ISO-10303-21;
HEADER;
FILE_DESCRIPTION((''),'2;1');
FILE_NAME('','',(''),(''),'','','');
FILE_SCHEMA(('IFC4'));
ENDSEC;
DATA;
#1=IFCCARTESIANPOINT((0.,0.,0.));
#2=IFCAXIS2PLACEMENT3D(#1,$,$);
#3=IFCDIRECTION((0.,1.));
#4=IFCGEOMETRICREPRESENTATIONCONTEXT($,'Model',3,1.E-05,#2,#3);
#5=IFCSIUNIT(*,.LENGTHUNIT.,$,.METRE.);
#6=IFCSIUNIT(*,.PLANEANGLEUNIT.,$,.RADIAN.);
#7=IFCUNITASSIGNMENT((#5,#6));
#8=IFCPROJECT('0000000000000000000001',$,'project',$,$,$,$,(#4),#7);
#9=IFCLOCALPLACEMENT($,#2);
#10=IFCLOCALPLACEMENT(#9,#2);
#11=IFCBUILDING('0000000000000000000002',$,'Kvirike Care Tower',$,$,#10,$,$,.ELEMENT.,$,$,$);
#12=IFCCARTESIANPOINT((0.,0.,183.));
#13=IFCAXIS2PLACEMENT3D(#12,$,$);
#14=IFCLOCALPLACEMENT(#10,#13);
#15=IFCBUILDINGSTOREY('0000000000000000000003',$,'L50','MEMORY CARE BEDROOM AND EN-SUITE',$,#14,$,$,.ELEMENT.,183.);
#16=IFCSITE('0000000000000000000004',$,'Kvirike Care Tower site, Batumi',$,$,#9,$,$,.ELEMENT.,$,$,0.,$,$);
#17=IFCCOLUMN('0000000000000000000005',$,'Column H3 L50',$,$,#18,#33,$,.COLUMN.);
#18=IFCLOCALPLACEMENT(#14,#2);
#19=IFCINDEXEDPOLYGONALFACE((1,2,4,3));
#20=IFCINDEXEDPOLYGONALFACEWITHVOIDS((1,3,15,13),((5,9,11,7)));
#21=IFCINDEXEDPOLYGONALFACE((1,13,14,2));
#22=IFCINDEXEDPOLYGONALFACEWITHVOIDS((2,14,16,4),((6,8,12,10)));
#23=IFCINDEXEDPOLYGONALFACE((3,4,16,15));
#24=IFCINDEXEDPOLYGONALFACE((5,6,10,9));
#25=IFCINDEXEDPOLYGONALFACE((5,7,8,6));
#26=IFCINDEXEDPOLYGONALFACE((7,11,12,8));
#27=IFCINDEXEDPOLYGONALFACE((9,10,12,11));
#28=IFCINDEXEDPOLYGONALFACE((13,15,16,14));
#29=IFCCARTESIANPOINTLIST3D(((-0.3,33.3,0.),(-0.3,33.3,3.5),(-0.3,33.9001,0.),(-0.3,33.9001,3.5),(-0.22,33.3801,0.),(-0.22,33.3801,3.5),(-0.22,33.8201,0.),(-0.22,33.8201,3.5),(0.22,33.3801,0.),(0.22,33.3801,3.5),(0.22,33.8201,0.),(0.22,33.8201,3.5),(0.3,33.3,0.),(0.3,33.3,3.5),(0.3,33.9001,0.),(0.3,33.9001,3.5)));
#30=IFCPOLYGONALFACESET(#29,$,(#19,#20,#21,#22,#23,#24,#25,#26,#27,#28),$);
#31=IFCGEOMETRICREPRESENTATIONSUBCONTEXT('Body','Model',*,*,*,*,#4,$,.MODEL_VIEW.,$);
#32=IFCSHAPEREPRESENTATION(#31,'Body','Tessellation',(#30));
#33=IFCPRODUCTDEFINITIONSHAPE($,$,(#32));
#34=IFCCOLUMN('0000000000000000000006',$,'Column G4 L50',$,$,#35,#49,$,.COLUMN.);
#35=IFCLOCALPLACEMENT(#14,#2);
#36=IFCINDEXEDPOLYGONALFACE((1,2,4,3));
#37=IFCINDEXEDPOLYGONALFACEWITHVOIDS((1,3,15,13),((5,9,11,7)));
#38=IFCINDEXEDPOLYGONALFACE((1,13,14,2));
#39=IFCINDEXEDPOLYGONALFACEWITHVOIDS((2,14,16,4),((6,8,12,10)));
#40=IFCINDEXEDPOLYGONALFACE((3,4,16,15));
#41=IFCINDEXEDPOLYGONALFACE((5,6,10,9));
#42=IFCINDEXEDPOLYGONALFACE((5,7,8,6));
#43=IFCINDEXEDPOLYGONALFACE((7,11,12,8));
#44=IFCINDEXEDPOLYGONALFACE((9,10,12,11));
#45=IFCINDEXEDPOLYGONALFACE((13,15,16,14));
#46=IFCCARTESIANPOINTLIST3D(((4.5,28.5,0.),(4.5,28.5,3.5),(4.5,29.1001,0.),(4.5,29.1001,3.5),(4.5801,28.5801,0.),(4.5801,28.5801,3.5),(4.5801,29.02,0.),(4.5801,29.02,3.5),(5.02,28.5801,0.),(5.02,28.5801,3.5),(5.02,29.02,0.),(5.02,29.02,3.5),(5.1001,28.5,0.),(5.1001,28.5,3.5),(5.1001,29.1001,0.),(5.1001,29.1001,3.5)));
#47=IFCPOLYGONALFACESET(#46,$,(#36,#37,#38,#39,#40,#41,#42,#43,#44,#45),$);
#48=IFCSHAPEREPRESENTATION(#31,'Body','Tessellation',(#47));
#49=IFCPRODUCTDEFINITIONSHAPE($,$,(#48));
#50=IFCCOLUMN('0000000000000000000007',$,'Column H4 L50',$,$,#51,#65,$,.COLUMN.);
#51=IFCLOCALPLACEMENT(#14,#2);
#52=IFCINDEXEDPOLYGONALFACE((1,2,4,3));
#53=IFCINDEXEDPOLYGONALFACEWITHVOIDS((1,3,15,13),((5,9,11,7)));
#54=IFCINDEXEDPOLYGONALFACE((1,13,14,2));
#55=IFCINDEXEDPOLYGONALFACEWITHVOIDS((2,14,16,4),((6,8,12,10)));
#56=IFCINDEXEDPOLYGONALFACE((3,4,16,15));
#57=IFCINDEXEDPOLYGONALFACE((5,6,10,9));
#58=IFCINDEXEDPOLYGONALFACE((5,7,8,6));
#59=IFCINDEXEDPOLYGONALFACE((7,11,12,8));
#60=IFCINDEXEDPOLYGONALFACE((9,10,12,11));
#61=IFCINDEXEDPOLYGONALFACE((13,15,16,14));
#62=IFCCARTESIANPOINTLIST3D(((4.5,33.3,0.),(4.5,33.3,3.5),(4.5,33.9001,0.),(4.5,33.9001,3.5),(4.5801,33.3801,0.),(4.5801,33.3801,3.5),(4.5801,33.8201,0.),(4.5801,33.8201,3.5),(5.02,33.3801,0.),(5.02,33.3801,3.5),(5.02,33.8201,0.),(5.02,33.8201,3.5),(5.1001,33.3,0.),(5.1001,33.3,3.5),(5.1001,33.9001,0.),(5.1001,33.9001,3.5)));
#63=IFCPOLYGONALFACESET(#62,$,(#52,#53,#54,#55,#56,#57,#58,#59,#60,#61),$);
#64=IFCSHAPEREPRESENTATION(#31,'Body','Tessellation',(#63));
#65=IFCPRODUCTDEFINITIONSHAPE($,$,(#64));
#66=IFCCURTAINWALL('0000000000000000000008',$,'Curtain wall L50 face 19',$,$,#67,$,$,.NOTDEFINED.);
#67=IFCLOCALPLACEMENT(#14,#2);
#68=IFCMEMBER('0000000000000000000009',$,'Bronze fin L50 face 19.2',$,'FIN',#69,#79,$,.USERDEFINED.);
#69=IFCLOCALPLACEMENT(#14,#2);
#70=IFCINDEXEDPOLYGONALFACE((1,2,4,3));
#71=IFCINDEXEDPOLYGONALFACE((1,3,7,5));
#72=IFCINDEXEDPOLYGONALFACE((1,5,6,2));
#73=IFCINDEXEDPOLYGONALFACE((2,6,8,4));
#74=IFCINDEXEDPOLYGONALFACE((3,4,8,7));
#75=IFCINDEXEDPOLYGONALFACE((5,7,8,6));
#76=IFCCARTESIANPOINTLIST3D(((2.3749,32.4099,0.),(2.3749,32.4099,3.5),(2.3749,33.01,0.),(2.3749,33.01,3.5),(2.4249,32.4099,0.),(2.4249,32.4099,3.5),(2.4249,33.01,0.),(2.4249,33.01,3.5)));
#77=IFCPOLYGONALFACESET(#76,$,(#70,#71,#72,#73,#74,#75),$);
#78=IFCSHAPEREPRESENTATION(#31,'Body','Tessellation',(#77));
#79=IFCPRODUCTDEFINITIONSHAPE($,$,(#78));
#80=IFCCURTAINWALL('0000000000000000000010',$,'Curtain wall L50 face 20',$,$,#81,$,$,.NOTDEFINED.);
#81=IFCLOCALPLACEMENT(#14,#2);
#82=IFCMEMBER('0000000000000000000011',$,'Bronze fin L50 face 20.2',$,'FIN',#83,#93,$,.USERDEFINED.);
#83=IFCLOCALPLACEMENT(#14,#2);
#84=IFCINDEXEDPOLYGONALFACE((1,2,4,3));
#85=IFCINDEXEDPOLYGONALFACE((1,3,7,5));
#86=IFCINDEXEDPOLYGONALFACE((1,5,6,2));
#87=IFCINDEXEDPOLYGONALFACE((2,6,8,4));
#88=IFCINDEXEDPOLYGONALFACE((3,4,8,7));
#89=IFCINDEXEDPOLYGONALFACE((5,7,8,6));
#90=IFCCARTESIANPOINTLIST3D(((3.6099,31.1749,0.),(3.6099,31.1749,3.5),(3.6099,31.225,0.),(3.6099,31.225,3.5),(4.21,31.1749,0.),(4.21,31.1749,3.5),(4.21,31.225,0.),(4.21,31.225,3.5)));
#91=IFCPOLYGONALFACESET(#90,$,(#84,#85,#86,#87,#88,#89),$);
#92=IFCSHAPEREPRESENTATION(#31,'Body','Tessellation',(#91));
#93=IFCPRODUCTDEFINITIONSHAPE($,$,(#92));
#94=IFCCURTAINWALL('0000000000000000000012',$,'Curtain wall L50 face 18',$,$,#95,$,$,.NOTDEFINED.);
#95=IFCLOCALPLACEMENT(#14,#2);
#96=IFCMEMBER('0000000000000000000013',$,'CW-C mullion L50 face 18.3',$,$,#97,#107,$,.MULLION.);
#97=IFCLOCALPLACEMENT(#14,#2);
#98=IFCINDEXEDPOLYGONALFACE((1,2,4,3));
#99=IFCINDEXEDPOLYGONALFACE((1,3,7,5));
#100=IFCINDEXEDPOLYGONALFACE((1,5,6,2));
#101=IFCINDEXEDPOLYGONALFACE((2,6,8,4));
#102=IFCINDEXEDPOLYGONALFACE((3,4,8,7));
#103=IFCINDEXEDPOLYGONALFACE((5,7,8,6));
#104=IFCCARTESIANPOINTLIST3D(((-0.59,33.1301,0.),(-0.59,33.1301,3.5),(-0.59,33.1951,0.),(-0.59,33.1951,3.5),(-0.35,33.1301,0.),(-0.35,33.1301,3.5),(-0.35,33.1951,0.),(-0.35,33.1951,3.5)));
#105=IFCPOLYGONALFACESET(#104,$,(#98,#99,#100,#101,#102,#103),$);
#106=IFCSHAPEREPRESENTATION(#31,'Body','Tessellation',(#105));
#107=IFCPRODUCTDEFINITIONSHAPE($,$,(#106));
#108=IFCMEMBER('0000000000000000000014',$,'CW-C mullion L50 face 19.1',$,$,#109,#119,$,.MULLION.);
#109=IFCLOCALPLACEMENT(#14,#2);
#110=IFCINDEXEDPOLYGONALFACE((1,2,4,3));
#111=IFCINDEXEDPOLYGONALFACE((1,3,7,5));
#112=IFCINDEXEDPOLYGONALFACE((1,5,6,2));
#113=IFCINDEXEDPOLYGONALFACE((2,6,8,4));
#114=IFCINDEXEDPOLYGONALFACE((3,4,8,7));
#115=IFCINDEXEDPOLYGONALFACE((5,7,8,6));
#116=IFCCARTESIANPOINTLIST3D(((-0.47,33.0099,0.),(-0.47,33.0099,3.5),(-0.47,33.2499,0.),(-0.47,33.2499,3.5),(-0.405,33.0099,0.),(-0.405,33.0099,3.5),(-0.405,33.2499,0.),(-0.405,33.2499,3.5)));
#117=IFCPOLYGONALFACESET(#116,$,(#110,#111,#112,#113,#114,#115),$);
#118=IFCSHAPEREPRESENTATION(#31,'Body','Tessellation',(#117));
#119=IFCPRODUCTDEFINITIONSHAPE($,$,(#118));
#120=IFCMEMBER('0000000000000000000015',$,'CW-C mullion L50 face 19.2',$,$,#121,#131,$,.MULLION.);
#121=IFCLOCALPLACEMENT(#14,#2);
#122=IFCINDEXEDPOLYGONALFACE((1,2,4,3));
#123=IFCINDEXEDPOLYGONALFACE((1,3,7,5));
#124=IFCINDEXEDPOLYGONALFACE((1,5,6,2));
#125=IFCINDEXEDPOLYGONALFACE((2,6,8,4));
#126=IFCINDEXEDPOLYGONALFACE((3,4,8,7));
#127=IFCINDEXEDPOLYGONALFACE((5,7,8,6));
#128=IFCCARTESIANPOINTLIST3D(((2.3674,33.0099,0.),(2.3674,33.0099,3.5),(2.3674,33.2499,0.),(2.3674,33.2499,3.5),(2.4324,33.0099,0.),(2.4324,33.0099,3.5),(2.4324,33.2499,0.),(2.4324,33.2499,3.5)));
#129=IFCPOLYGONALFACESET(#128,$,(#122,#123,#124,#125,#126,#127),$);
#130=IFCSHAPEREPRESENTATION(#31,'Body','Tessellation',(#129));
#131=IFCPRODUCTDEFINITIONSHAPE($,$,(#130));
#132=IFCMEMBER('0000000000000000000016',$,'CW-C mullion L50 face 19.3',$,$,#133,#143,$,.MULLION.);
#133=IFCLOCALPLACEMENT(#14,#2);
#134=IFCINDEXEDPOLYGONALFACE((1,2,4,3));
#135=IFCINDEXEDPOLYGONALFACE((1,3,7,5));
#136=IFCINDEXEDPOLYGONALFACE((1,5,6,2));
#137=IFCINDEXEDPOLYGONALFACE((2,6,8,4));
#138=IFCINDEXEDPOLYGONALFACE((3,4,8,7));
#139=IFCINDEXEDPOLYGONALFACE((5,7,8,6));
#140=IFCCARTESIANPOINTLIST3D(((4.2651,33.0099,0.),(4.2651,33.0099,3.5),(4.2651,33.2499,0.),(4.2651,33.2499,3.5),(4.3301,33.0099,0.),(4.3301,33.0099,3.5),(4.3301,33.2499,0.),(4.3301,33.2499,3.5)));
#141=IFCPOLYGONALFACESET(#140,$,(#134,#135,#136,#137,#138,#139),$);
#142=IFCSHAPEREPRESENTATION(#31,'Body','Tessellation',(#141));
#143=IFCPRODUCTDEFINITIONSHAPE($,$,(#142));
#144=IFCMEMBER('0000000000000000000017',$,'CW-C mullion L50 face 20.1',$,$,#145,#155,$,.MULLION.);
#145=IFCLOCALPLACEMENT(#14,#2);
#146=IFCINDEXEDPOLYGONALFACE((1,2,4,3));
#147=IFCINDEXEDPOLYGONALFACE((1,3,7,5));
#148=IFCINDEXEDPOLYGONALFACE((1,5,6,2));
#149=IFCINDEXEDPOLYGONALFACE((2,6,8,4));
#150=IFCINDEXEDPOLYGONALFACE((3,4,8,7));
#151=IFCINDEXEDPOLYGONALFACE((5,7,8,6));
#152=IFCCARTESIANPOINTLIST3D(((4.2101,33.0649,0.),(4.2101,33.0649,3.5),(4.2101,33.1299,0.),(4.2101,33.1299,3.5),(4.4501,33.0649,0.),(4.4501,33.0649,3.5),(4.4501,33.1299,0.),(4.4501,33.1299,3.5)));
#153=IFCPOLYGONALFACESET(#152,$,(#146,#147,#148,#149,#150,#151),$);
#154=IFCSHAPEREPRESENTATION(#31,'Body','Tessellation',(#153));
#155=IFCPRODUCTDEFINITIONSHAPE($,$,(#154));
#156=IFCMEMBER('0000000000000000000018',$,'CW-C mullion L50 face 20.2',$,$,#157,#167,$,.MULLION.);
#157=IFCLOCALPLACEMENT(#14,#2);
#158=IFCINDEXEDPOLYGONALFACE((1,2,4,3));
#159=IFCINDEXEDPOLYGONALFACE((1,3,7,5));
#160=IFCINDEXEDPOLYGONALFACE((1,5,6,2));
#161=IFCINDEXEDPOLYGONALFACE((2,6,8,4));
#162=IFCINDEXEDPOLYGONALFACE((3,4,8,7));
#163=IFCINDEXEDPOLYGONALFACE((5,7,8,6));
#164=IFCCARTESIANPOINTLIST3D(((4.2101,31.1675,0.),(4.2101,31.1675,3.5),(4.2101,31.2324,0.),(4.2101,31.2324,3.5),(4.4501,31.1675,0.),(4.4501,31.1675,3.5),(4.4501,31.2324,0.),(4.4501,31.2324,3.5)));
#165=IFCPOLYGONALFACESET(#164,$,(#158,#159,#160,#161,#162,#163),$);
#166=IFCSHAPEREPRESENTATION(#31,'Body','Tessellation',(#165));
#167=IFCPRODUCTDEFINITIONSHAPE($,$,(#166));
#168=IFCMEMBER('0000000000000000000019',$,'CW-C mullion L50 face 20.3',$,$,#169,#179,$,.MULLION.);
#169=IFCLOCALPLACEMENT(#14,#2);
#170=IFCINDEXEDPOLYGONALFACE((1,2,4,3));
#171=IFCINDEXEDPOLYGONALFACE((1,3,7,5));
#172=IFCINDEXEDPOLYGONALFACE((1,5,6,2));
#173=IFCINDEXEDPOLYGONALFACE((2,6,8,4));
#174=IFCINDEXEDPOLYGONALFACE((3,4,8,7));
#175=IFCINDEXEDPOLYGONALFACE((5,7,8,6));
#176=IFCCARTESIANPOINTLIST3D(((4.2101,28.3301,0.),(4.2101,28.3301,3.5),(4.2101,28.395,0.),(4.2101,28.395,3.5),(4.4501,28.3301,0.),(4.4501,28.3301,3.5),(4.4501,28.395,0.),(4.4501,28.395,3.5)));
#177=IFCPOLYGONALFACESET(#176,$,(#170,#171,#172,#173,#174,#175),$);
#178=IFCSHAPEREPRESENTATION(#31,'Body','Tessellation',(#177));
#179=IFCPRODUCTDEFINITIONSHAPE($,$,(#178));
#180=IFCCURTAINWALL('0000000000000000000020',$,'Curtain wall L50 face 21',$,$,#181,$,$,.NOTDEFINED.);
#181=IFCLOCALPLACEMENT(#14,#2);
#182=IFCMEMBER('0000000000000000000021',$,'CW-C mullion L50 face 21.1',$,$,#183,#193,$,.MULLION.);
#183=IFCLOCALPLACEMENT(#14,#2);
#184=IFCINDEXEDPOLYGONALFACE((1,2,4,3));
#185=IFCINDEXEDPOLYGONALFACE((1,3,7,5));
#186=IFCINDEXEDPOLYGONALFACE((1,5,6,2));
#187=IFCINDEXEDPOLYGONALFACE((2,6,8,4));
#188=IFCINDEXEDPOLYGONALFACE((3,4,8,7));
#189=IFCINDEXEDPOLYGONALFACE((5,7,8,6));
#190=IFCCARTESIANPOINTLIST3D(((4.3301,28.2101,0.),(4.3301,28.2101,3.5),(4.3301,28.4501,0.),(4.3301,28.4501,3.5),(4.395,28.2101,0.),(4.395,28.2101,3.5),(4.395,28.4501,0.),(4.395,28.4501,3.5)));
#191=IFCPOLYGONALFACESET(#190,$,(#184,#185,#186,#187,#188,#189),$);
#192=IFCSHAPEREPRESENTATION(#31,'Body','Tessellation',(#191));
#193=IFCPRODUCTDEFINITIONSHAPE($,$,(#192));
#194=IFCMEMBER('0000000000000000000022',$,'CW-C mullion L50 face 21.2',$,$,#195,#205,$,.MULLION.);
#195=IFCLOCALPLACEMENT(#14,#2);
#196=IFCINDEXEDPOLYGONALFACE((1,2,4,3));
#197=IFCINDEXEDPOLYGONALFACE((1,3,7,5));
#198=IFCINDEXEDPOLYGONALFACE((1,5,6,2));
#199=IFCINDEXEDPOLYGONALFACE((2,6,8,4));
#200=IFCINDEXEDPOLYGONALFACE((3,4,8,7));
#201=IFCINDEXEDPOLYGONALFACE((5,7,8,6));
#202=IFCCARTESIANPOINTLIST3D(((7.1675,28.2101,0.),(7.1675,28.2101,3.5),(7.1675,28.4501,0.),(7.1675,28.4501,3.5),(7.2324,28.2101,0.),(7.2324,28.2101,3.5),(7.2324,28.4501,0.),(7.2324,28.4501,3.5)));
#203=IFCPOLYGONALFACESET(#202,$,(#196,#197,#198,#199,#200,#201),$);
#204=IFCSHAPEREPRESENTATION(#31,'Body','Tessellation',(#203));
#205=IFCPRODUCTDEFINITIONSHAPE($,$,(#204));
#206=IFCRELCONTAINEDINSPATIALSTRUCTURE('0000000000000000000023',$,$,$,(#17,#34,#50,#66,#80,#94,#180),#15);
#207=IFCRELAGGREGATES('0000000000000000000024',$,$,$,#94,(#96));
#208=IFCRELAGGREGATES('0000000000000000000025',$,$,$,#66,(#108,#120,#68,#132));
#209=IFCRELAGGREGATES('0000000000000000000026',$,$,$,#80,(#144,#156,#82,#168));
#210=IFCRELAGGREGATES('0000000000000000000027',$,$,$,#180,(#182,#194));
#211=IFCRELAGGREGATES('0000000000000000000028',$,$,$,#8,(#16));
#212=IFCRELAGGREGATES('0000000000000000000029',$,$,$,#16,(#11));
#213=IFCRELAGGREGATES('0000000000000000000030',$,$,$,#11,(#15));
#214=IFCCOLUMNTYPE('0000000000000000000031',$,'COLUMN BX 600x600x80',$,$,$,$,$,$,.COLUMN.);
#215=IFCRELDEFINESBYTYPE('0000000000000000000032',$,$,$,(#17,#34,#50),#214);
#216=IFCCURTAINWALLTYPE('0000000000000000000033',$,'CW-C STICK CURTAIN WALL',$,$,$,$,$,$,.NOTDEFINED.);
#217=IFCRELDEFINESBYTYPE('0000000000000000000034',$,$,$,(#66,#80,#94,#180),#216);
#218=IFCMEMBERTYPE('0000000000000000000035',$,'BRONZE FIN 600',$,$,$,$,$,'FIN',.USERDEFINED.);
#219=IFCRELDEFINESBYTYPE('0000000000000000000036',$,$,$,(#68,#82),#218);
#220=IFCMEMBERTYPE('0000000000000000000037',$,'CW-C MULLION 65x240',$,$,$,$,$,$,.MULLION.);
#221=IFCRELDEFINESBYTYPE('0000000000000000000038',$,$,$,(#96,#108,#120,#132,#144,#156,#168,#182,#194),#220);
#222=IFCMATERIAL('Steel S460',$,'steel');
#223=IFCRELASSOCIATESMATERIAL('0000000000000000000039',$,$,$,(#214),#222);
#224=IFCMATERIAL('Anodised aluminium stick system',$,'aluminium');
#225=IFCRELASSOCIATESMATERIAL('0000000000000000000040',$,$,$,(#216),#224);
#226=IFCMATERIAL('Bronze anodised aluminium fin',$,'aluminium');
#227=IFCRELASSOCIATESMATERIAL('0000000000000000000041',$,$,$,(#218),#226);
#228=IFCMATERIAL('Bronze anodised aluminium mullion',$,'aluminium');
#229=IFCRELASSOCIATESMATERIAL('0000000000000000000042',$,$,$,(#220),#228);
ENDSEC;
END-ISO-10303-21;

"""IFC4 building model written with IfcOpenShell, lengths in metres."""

from ifc_helpers import new_model, si_unit, direction, frame, origin, origin_2d, place, context, subcontext, project, spatial, rectangle, hollow_rectangle, extrude, material, material_profile, profile_set, type_object, element, aggregate, save


model = new_model("IFC4")

# Units and contexts
model_context = context("Model", 3, precision=1e-05, world=origin(), true_north=direction((0.0, 1.0)))
body_context = subcontext(model_context, "Body", "Model", "MODEL_VIEW")
ifc_project = project(units=[si_unit("LENGTHUNIT", "METRE"), si_unit("PLANEANGLEUNIT", "RADIAN")], contexts=[model_context])

# Site, building, storey
site_placement = place(None, origin())
site = spatial("IfcSite", under=ifc_project, at=site_placement, Name="Kvirike Care Tower site, Batumi", CompositionType="ELEMENT", RefElevation=0.0)
building_placement = place(site_placement, origin())
building = spatial("IfcBuilding", under=site, at=building_placement, Name="Kvirike Care Tower", CompositionType="ELEMENT")
storey_placement = place(building_placement, frame((0.0, 0.0, 183.0)))
storey = spatial("IfcBuildingStorey", under=building, at=storey_placement, Name="L50", Description="MEMORY CARE BEDROOM AND EN-SUITE", CompositionType="ELEMENT", Elevation=183.0)

# Columns
ifc_material_1 = material(Name="Steel S460", Category="steel")
ifc_material_profile_1 = material_profile(ifc_material_1, hollow_rectangle(XDim=0.6001, YDim=0.6001, WallThickness=0.0801, at=origin_2d()), Name="BX 600x600x80")
ifc_profile_set_1 = profile_set([ifc_material_profile_1], Name="Steel S460")
column_type = type_object("IfcColumnType", Name="COLUMN BX 600x600x80", PredefinedType="COLUMN", material=ifc_profile_set_1)
for number, where, z_axis, x_axis, name in (
    (1, (0.0, 33.6001, 0.0), (0.0, 0.0, 1.0), (0.0, 1.0, 0.0), "Column H3 L50"),
    (2, (4.8, 28.8, 0.0), (0.0, 0.0, 1.0), (0.0, 1.0, 0.0), "Column G4 L50"),
    (3, (4.8, 33.6001, 0.0), (0.0, 0.0, 1.0), (0.0, 1.0, 0.0), "Column H4 L50"),
):
    element("IfcColumn", number, at=place(storey_placement, frame(where, z_axis=z_axis, x_axis=x_axis)), inside=storey, type_object=column_type, Name=name, PredefinedType="COLUMN", context=body_context, shape_type="SweptSolid", body=[
        extrude(hollow_rectangle(XDim=0.6001, YDim=0.6001, WallThickness=0.0801, at=origin_2d()), origin(), (0.0, 0.0, 1.0), 3.5),
    ])

# Curtain walls, members
ifc_material_2 = material(Name="Anodised aluminium stick system", Category="aluminium")
curtain_wall_type = type_object("IfcCurtainWallType", Name="CW-C STICK CURTAIN WALL", PredefinedType="NOTDEFINED", material=ifc_material_2)
curtain_wall_1_placement = place(storey_placement, origin())
curtain_wall_1 = element("IfcCurtainWall", 4, at=curtain_wall_1_placement, inside=storey, type_object=curtain_wall_type, Name="Curtain wall L50 face 19", PredefinedType="NOTDEFINED")
ifc_material_3 = material(Name="Bronze anodised aluminium fin", Category="aluminium")
ifc_material_profile_2 = material_profile(ifc_material_3, rectangle(XDim=0.05, YDim=0.6001, at=origin_2d()), Name="BRONZE FIN 600")
ifc_profile_set_2 = profile_set([ifc_material_profile_2], Name="Bronze anodised aluminium fin")
member_type_1 = type_object("IfcMemberType", Name="BRONZE FIN 600", ElementType="FIN", PredefinedType="USERDEFINED", material=ifc_profile_set_2)
member_1_placement = place(storey_placement, frame((2.3999, 32.71, 0.0), z_axis=(0.0, 0.0, 1.0), x_axis=(1.0, 0.0, 0.0)))
member_1 = element("IfcMember", 5, at=member_1_placement, type_object=member_type_1, Name="Bronze fin L50 face 19.2", ObjectType="FIN", PredefinedType="USERDEFINED", context=body_context, shape_type="SweptSolid", body=[
    extrude(rectangle(XDim=0.05, YDim=0.6001, at=origin_2d()), origin(), (0.0, 0.0, 1.0), 3.5),
])
curtain_wall_2_placement = place(storey_placement, origin())
curtain_wall_2 = element("IfcCurtainWall", 6, at=curtain_wall_2_placement, inside=storey, type_object=curtain_wall_type, Name="Curtain wall L50 face 20", PredefinedType="NOTDEFINED")
member_2_placement = place(storey_placement, frame((3.9099, 31.2, 0.0), z_axis=(0.0, 0.0, 1.0), x_axis=(0.0, -1.0, 0.0)))
member_2 = element("IfcMember", 7, at=member_2_placement, type_object=member_type_1, Name="Bronze fin L50 face 20.2", ObjectType="FIN", PredefinedType="USERDEFINED", context=body_context, shape_type="SweptSolid", body=[
    extrude(rectangle(XDim=0.05, YDim=0.6001, at=origin_2d()), origin(), (0.0, 0.0, 1.0), 3.5),
])
curtain_wall_3_placement = place(storey_placement, origin())
curtain_wall_3 = element("IfcCurtainWall", 8, at=curtain_wall_3_placement, inside=storey, type_object=curtain_wall_type, Name="Curtain wall L50 face 18", PredefinedType="NOTDEFINED")
ifc_material_4 = material(Name="Bronze anodised aluminium mullion", Category="aluminium")
ifc_material_profile_3 = material_profile(ifc_material_4, rectangle(XDim=0.0649, YDim=0.24, at=origin_2d()), Name="CW-C MULLION 65x240")
ifc_profile_set_3 = profile_set([ifc_material_profile_3], Name="Bronze anodised aluminium mullion")
member_type_2 = type_object("IfcMemberType", Name="CW-C MULLION 65x240", PredefinedType="MULLION", material=ifc_profile_set_3)
member_3_placement = place(storey_placement, frame((-0.47, 33.1626, 0.0), z_axis=(0.0, 0.0, 1.0), x_axis=(0.0, -1.0, 0.0)))
member_3 = element("IfcMember", 9, at=member_3_placement, type_object=member_type_2, Name="CW-C mullion L50 face 18.3", PredefinedType="MULLION", context=body_context, shape_type="SweptSolid", body=[
    extrude(rectangle(XDim=0.0649, YDim=0.24, at=origin_2d()), origin(), (0.0, 0.0, 1.0), 3.5),
])
aggregate(curtain_wall_3, [member_3])

# Members
member_4_placement = place(storey_placement, frame((-0.4375, 33.1299, 0.0), z_axis=(0.0, 0.0, 1.0), x_axis=(1.0, 0.0, 0.0)))
member_4 = element("IfcMember", 10, at=member_4_placement, type_object=member_type_2, Name="CW-C mullion L50 face 19.1", PredefinedType="MULLION", context=body_context, shape_type="SweptSolid", body=[
    extrude(rectangle(XDim=0.0649, YDim=0.24, at=origin_2d()), origin(), (0.0, 0.0, 1.0), 3.5),
])
member_5_placement = place(storey_placement, frame((2.3999, 33.1299, 0.0), z_axis=(0.0, 0.0, 1.0), x_axis=(1.0, 0.0, 0.0)))
member_5 = element("IfcMember", 11, at=member_5_placement, type_object=member_type_2, Name="CW-C mullion L50 face 19.2", PredefinedType="MULLION", context=body_context, shape_type="SweptSolid", body=[
    extrude(rectangle(XDim=0.0649, YDim=0.24, at=origin_2d()), origin(), (0.0, 0.0, 1.0), 3.5),
])
member_6_placement = place(storey_placement, frame((4.2976, 33.1299, 0.0), z_axis=(0.0, 0.0, 1.0), x_axis=(1.0, 0.0, 0.0)))
member_6 = element("IfcMember", 12, at=member_6_placement, type_object=member_type_2, Name="CW-C mullion L50 face 19.3", PredefinedType="MULLION", context=body_context, shape_type="SweptSolid", body=[
    extrude(rectangle(XDim=0.0649, YDim=0.24, at=origin_2d()), origin(), (0.0, 0.0, 1.0), 3.5),
])
member_7_placement = place(storey_placement, frame((4.3301, 33.0974, 0.0), z_axis=(0.0, 0.0, 1.0), x_axis=(0.0, -1.0, 0.0)))
member_7 = element("IfcMember", 13, at=member_7_placement, type_object=member_type_2, Name="CW-C mullion L50 face 20.1", PredefinedType="MULLION", context=body_context, shape_type="SweptSolid", body=[
    extrude(rectangle(XDim=0.0649, YDim=0.24, at=origin_2d()), origin(), (0.0, 0.0, 1.0), 3.5),
])
member_8_placement = place(storey_placement, frame((4.3301, 31.2, 0.0), z_axis=(0.0, 0.0, 1.0), x_axis=(0.0, -1.0, 0.0)))
member_8 = element("IfcMember", 14, at=member_8_placement, type_object=member_type_2, Name="CW-C mullion L50 face 20.2", PredefinedType="MULLION", context=body_context, shape_type="SweptSolid", body=[
    extrude(rectangle(XDim=0.0649, YDim=0.24, at=origin_2d()), origin(), (0.0, 0.0, 1.0), 3.5),
])
member_9_placement = place(storey_placement, frame((4.3301, 28.3625, 0.0), z_axis=(0.0, 0.0, 1.0), x_axis=(0.0, -1.0, 0.0)))
member_9 = element("IfcMember", 15, at=member_9_placement, type_object=member_type_2, Name="CW-C mullion L50 face 20.3", PredefinedType="MULLION", context=body_context, shape_type="SweptSolid", body=[
    extrude(rectangle(XDim=0.0649, YDim=0.24, at=origin_2d()), origin(), (0.0, 0.0, 1.0), 3.5),
])

# Curtain wall, members
curtain_wall_4_placement = place(storey_placement, origin())
curtain_wall_4 = element("IfcCurtainWall", 16, at=curtain_wall_4_placement, inside=storey, type_object=curtain_wall_type, Name="Curtain wall L50 face 21", PredefinedType="NOTDEFINED")
member_10_placement = place(storey_placement, frame((4.3625, 28.3301, 0.0), z_axis=(0.0, 0.0, 1.0), x_axis=(1.0, 0.0, 0.0)))
member_10 = element("IfcMember", 17, at=member_10_placement, type_object=member_type_2, Name="CW-C mullion L50 face 21.1", PredefinedType="MULLION", context=body_context, shape_type="SweptSolid", body=[
    extrude(rectangle(XDim=0.0649, YDim=0.24, at=origin_2d()), origin(), (0.0, 0.0, 1.0), 3.5),
])
member_11_placement = place(storey_placement, frame((7.2, 28.3301, 0.0), z_axis=(0.0, 0.0, 1.0), x_axis=(1.0, 0.0, 0.0)))
member_11 = element("IfcMember", 18, at=member_11_placement, type_object=member_type_2, Name="CW-C mullion L50 face 21.2", PredefinedType="MULLION", context=body_context, shape_type="SweptSolid", body=[
    extrude(rectangle(XDim=0.0649, YDim=0.24, at=origin_2d()), origin(), (0.0, 0.0, 1.0), 3.5),
])

aggregate(curtain_wall_1, [member_4, member_5, member_1, member_6])
aggregate(curtain_wall_2, [member_7, member_8, member_2, member_9])
aggregate(curtain_wall_4, [member_10, member_11])

save(model, "model.ifc")
